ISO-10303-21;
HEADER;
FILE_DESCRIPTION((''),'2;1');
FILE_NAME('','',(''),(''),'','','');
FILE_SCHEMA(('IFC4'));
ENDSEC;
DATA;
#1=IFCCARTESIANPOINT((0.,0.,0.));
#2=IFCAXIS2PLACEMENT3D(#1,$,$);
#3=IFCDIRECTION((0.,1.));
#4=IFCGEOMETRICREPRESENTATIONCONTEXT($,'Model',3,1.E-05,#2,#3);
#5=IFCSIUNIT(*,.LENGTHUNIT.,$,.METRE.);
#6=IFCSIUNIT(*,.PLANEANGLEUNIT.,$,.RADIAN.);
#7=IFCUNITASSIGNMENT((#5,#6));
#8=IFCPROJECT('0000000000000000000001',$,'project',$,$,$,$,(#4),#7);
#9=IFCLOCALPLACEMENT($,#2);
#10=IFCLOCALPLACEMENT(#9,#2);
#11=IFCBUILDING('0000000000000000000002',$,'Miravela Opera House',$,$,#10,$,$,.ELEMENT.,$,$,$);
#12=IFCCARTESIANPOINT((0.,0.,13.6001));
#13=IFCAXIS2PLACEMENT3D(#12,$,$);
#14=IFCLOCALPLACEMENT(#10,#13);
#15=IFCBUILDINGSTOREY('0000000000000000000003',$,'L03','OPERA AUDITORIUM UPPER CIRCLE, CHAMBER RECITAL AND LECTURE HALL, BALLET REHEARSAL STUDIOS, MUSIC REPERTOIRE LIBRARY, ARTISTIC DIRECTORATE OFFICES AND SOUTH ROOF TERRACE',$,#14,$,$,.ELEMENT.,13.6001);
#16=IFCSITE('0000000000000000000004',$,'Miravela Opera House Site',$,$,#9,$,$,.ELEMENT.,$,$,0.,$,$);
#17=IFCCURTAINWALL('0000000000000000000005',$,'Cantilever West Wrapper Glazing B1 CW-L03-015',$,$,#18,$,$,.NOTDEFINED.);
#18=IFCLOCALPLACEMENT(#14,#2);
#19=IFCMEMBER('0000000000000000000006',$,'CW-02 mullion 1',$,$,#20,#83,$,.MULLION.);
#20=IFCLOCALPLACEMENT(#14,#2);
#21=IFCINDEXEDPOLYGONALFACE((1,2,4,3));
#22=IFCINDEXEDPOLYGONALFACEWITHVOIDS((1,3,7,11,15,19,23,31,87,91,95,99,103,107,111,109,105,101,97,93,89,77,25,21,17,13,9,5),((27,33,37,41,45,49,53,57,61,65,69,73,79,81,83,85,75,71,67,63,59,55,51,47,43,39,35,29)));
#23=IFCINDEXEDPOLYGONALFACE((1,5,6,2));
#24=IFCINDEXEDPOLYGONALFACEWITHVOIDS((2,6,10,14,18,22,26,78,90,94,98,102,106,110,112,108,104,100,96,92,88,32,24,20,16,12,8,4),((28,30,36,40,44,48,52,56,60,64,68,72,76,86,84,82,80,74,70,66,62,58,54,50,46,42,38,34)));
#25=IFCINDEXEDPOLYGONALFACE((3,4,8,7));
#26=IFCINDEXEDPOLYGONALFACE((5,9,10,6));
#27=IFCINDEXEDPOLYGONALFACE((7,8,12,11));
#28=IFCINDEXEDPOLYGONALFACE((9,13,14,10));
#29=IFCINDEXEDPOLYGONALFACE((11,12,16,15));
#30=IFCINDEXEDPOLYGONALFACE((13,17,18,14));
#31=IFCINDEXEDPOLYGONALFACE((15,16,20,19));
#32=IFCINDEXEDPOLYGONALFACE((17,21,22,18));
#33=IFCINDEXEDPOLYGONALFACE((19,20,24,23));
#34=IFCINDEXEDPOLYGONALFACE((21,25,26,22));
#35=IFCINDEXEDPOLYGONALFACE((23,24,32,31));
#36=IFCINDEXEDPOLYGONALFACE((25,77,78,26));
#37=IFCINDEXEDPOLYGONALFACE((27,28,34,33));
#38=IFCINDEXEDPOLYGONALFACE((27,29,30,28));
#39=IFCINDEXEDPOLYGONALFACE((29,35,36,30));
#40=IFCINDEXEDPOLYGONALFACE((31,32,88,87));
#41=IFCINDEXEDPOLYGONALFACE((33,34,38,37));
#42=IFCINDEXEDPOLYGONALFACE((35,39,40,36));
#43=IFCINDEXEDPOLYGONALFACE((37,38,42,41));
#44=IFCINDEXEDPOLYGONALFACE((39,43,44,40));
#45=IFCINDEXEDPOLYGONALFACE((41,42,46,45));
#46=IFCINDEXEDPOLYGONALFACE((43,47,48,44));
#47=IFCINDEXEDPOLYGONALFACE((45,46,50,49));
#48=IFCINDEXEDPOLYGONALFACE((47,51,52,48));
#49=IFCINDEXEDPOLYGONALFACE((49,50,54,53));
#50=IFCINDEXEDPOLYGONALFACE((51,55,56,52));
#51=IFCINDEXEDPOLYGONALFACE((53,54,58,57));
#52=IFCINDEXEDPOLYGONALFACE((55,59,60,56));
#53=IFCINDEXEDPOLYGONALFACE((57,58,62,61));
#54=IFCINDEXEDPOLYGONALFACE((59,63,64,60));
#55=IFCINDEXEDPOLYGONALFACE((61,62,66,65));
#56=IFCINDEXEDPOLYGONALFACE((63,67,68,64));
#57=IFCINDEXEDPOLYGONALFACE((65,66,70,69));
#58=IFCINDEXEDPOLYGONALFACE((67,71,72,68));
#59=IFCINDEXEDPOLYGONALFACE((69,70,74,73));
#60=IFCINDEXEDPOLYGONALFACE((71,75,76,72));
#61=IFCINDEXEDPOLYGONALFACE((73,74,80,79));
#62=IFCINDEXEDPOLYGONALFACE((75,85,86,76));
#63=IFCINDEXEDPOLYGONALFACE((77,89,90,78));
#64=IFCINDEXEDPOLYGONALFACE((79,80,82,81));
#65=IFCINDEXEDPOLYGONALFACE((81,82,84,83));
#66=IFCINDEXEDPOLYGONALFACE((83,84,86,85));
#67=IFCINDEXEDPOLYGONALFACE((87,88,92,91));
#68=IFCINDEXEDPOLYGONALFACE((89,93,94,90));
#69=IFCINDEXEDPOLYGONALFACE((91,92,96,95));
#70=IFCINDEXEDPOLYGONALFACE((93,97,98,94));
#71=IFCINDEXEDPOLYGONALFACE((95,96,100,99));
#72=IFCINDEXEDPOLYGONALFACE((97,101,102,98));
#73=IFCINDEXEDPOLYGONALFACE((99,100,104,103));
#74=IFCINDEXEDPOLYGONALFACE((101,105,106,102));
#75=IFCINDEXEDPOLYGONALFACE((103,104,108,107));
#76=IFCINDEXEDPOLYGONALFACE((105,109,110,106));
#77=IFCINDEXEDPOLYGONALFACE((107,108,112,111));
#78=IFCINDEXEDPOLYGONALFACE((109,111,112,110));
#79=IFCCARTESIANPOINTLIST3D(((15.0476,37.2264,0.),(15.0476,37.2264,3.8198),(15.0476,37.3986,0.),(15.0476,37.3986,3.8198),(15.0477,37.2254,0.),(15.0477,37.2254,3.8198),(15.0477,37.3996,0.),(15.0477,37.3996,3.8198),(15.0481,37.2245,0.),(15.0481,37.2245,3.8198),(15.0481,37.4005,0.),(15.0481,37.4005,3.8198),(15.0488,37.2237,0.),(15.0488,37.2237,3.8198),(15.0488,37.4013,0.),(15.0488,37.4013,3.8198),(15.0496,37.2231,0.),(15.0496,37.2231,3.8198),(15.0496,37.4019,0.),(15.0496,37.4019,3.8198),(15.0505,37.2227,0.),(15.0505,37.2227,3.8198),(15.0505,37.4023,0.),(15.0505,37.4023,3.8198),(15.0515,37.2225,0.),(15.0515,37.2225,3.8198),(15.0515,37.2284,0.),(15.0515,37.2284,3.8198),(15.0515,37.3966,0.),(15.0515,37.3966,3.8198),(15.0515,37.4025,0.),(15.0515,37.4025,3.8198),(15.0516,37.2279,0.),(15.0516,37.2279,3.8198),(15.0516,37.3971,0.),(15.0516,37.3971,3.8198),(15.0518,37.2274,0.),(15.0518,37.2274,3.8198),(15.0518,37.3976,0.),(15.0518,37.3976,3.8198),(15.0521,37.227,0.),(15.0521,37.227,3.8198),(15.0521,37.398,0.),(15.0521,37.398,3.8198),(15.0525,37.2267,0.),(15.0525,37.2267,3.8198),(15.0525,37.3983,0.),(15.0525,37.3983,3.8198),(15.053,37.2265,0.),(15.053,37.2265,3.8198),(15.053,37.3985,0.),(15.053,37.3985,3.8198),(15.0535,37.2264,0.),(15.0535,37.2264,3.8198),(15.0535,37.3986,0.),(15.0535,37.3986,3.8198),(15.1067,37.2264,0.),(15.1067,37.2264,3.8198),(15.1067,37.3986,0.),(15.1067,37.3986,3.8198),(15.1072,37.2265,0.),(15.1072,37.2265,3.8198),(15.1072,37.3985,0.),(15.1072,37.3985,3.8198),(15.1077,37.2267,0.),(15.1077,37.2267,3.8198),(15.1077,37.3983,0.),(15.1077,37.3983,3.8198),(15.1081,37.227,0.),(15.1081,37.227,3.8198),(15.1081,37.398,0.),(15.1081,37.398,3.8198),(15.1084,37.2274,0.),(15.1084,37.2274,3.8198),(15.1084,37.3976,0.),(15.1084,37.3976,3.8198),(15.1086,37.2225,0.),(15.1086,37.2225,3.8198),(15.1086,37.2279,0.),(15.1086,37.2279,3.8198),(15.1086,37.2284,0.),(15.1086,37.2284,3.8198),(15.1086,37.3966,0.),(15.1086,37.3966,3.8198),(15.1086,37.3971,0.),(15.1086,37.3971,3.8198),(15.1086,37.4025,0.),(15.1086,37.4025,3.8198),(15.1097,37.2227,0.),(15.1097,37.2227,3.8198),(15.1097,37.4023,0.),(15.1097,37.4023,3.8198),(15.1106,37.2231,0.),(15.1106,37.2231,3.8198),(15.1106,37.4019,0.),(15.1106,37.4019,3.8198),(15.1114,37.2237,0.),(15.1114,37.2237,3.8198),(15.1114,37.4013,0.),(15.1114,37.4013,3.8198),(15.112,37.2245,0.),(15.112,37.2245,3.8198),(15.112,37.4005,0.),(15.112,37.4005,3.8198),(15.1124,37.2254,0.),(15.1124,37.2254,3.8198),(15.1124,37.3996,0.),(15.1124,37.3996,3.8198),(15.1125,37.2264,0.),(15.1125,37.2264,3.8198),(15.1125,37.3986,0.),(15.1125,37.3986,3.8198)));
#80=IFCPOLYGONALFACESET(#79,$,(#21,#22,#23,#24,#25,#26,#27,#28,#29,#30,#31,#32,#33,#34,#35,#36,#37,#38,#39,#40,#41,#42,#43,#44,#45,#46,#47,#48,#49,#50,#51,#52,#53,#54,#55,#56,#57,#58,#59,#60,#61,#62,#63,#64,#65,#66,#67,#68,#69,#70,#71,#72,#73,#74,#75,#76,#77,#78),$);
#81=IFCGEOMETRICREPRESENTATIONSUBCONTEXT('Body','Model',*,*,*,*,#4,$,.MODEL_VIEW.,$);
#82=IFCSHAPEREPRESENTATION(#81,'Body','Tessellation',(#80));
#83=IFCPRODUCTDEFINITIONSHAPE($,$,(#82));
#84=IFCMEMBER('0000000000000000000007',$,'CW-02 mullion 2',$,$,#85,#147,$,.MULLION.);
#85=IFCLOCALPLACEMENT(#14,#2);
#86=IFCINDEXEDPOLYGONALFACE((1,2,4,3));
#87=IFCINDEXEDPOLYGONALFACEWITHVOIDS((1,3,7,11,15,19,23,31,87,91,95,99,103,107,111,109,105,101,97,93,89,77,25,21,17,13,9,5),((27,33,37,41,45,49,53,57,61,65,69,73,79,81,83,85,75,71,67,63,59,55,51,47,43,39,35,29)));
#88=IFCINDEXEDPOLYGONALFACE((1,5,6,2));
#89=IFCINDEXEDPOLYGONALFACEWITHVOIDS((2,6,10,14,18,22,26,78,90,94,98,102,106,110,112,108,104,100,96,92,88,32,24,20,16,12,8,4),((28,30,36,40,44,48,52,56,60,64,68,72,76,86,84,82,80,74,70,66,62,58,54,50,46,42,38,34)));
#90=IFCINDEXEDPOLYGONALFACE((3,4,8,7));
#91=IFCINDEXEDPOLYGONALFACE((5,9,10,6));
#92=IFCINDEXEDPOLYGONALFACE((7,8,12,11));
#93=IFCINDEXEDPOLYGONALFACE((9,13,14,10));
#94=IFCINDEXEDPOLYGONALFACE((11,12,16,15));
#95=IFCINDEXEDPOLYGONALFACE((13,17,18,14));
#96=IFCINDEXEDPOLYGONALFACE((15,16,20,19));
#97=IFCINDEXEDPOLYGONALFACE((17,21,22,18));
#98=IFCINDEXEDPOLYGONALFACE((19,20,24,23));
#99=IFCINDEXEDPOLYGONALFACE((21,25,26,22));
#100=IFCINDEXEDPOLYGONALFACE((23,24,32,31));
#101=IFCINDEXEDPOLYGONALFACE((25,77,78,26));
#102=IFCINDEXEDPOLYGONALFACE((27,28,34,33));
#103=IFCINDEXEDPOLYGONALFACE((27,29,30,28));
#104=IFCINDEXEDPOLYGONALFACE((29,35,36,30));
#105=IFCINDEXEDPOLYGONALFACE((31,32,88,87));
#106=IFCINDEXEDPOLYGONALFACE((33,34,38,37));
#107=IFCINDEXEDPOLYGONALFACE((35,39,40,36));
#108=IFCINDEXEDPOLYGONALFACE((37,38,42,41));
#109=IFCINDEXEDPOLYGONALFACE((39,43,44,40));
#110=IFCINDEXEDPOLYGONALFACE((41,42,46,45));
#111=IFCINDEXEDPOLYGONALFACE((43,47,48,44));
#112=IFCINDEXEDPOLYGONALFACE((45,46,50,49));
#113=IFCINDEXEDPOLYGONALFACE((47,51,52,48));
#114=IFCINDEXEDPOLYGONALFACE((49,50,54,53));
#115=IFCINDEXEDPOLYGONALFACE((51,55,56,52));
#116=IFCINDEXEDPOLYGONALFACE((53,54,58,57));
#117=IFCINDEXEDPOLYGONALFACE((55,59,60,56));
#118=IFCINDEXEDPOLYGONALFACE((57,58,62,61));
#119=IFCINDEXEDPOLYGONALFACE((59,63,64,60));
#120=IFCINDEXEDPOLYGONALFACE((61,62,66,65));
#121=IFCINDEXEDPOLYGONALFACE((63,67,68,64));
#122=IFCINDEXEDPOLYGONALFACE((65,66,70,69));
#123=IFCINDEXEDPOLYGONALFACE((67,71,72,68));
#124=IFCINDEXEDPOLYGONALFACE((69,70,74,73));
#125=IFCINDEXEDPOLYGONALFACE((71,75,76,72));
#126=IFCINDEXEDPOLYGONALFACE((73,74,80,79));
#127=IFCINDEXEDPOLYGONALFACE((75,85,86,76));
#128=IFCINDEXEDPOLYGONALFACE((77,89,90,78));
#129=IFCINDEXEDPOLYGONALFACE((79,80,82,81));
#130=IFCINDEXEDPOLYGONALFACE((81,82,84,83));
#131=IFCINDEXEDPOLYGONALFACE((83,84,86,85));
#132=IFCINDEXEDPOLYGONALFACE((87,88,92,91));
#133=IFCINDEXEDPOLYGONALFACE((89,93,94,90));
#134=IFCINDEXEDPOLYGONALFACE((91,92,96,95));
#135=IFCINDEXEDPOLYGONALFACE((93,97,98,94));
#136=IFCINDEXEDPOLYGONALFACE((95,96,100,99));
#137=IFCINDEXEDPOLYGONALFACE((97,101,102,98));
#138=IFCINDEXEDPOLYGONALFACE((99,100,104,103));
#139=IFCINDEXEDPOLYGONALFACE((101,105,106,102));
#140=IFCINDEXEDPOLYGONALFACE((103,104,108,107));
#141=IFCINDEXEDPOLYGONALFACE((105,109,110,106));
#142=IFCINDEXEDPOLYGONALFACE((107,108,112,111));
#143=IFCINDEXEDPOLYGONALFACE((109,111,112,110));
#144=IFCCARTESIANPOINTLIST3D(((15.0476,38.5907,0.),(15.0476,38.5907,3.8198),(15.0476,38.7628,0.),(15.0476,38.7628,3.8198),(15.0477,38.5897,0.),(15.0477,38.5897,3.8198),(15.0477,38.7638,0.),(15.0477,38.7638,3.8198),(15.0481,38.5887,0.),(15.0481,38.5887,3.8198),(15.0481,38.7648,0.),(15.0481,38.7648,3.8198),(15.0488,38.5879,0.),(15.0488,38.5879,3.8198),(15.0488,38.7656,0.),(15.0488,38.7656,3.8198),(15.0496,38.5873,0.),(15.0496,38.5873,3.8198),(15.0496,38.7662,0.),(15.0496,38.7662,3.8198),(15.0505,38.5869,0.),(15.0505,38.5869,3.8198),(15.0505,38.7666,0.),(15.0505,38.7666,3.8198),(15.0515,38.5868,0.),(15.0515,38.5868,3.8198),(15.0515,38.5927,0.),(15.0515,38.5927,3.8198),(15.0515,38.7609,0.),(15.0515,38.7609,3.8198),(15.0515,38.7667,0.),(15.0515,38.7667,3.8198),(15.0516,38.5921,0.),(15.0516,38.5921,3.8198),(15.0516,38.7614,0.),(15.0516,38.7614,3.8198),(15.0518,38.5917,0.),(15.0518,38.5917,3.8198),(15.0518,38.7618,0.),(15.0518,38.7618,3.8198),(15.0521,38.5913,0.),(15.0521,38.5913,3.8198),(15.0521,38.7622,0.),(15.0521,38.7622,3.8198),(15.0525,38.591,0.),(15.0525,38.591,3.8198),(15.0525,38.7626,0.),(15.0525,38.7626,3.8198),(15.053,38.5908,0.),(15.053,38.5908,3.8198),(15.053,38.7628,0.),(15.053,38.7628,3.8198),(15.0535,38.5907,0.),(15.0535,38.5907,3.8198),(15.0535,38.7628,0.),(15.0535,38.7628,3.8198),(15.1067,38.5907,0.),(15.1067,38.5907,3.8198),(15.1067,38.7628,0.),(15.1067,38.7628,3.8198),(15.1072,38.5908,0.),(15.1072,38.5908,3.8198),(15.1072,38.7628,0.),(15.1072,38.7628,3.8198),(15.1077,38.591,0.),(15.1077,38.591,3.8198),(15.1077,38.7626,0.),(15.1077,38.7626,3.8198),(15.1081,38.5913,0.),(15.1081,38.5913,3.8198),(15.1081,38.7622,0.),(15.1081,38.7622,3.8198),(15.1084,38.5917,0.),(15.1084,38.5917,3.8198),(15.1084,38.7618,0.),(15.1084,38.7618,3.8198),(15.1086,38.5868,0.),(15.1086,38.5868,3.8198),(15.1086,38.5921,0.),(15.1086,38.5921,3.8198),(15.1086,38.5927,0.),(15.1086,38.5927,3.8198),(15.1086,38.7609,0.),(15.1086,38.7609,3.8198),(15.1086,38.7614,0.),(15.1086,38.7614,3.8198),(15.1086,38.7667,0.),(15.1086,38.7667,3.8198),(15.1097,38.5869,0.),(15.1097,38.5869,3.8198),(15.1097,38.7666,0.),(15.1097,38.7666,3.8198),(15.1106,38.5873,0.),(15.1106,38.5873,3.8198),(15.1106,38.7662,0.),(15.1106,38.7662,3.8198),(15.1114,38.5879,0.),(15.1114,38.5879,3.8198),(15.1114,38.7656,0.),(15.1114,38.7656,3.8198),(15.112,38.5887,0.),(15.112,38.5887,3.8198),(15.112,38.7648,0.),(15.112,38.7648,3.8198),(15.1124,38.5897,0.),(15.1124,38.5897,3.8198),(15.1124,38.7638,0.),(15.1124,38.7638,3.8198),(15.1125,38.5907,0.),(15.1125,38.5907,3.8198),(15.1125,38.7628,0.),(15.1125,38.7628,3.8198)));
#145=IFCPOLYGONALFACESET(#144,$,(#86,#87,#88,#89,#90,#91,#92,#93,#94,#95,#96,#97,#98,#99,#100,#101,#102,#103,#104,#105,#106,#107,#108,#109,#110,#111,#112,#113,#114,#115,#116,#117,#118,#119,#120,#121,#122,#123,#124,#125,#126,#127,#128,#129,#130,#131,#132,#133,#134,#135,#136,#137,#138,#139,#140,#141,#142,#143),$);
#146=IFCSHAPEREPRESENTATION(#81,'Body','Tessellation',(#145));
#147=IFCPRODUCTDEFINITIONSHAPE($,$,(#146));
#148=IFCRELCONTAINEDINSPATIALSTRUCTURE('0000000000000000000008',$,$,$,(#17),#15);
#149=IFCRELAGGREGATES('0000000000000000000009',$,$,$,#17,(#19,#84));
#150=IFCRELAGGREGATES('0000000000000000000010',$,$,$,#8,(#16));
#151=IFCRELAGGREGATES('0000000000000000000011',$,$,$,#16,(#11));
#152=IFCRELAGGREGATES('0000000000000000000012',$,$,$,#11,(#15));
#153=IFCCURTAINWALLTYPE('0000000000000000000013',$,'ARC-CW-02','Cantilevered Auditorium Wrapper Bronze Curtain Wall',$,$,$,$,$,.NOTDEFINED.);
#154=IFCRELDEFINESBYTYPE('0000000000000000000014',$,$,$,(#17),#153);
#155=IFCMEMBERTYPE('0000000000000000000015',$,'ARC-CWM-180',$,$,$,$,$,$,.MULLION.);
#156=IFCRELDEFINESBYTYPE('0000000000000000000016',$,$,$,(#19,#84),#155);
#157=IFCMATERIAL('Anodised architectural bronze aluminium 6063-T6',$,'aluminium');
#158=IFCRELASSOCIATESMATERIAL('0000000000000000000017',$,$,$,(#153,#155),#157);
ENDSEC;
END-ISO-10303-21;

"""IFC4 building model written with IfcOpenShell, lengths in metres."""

from ifc_helpers import new_model, si_unit, direction, frame, origin, origin_2d, place, context, subcontext, project, spatial, hollow_rectangle, extrude, material, material_profile, profile_set, type_object, element, aggregate, save


model = new_model("IFC4")

# Units and contexts
model_context = context("Model", 3, precision=1e-05, world=origin(), true_north=direction((0.0, 1.0)))
body_context = subcontext(model_context, "Body", "Model", "MODEL_VIEW")
ifc_project = project(units=[si_unit("LENGTHUNIT", "METRE"), si_unit("PLANEANGLEUNIT", "RADIAN")], contexts=[model_context])

# Site, building, storey
site_placement = place(None, origin())
site = spatial("IfcSite", under=ifc_project, at=site_placement, Name="Miravela Opera House Site", CompositionType="ELEMENT", RefElevation=0.0)
building_placement = place(site_placement, origin())
building = spatial("IfcBuilding", under=site, at=building_placement, Name="Miravela Opera House", CompositionType="ELEMENT")
storey_placement = place(building_placement, frame((0.0, 0.0, 13.6001)))
storey = spatial("IfcBuildingStorey", under=building, at=storey_placement, Name="L03", Description="OPERA AUDITORIUM UPPER CIRCLE, CHAMBER RECITAL AND LECTURE HALL, BALLET REHEARSAL STUDIOS, MUSIC REPERTOIRE LIBRARY, ARTISTIC DIRECTORATE OFFICES AND SOUTH ROOF TERRACE", CompositionType="ELEMENT", Elevation=13.6001)

# Curtain wall, members
ifc_material_1 = material(Name="Anodised architectural bronze aluminium 6063-T6", Category="aluminium")
curtain_wall_type = type_object("IfcCurtainWallType", Name="ARC-CW-02", Description="Cantilevered Auditorium Wrapper Bronze Curtain Wall", PredefinedType="NOTDEFINED", material=ifc_material_1)
curtain_wall_1_placement = place(storey_placement, origin())
curtain_wall_1 = element("IfcCurtainWall", 1, at=curtain_wall_1_placement, inside=storey, type_object=curtain_wall_type, Name="Cantilever West Wrapper Glazing B1 CW-L03-015", PredefinedType="NOTDEFINED")
ifc_material_profile_1 = material_profile(ifc_material_1, hollow_rectangle(XDim=0.0649, YDim=0.1799, WallThickness=0.0039, InnerFilletRadius=0.002, OuterFilletRadius=0.0039, at=origin_2d()), Name="CWM-65X180")
ifc_profile_set_1 = profile_set([ifc_material_profile_1])
member_type_1 = type_object("IfcMemberType", Name="ARC-CWM-180", PredefinedType="MULLION", material=ifc_profile_set_1)
member_1_placement = place(storey_placement, frame((15.0801, 37.3125, 0.0), z_axis=(0.0, 0.0, 1.0), x_axis=(-1.0, 0.0, 0.0)))
member_1 = element("IfcMember", 2, at=member_1_placement, type_object=member_type_1, Name="CW-02 mullion 1", PredefinedType="MULLION", context=body_context, shape_type="SweptSolid", body=[
    extrude(hollow_rectangle(XDim=0.0649, YDim=0.1799, WallThickness=0.0039, InnerFilletRadius=0.002, OuterFilletRadius=0.0039, at=origin_2d()), origin(), (0.0, 0.0, 1.0), 3.8198),
])
member_2_placement = place(storey_placement, frame((15.0801, 38.6768, 0.0), z_axis=(0.0, 0.0, 1.0), x_axis=(-1.0, 0.0, 0.0)))
member_2 = element("IfcMember", 3, at=member_2_placement, type_object=member_type_1, Name="CW-02 mullion 2", PredefinedType="MULLION", context=body_context, shape_type="SweptSolid", body=[
    extrude(hollow_rectangle(XDim=0.0649, YDim=0.1799, WallThickness=0.0039, InnerFilletRadius=0.002, OuterFilletRadius=0.0039, at=origin_2d()), origin(), (0.0, 0.0, 1.0), 3.8198),
])

aggregate(curtain_wall_1, [member_1, member_2])

save(model, "model.ifc")
